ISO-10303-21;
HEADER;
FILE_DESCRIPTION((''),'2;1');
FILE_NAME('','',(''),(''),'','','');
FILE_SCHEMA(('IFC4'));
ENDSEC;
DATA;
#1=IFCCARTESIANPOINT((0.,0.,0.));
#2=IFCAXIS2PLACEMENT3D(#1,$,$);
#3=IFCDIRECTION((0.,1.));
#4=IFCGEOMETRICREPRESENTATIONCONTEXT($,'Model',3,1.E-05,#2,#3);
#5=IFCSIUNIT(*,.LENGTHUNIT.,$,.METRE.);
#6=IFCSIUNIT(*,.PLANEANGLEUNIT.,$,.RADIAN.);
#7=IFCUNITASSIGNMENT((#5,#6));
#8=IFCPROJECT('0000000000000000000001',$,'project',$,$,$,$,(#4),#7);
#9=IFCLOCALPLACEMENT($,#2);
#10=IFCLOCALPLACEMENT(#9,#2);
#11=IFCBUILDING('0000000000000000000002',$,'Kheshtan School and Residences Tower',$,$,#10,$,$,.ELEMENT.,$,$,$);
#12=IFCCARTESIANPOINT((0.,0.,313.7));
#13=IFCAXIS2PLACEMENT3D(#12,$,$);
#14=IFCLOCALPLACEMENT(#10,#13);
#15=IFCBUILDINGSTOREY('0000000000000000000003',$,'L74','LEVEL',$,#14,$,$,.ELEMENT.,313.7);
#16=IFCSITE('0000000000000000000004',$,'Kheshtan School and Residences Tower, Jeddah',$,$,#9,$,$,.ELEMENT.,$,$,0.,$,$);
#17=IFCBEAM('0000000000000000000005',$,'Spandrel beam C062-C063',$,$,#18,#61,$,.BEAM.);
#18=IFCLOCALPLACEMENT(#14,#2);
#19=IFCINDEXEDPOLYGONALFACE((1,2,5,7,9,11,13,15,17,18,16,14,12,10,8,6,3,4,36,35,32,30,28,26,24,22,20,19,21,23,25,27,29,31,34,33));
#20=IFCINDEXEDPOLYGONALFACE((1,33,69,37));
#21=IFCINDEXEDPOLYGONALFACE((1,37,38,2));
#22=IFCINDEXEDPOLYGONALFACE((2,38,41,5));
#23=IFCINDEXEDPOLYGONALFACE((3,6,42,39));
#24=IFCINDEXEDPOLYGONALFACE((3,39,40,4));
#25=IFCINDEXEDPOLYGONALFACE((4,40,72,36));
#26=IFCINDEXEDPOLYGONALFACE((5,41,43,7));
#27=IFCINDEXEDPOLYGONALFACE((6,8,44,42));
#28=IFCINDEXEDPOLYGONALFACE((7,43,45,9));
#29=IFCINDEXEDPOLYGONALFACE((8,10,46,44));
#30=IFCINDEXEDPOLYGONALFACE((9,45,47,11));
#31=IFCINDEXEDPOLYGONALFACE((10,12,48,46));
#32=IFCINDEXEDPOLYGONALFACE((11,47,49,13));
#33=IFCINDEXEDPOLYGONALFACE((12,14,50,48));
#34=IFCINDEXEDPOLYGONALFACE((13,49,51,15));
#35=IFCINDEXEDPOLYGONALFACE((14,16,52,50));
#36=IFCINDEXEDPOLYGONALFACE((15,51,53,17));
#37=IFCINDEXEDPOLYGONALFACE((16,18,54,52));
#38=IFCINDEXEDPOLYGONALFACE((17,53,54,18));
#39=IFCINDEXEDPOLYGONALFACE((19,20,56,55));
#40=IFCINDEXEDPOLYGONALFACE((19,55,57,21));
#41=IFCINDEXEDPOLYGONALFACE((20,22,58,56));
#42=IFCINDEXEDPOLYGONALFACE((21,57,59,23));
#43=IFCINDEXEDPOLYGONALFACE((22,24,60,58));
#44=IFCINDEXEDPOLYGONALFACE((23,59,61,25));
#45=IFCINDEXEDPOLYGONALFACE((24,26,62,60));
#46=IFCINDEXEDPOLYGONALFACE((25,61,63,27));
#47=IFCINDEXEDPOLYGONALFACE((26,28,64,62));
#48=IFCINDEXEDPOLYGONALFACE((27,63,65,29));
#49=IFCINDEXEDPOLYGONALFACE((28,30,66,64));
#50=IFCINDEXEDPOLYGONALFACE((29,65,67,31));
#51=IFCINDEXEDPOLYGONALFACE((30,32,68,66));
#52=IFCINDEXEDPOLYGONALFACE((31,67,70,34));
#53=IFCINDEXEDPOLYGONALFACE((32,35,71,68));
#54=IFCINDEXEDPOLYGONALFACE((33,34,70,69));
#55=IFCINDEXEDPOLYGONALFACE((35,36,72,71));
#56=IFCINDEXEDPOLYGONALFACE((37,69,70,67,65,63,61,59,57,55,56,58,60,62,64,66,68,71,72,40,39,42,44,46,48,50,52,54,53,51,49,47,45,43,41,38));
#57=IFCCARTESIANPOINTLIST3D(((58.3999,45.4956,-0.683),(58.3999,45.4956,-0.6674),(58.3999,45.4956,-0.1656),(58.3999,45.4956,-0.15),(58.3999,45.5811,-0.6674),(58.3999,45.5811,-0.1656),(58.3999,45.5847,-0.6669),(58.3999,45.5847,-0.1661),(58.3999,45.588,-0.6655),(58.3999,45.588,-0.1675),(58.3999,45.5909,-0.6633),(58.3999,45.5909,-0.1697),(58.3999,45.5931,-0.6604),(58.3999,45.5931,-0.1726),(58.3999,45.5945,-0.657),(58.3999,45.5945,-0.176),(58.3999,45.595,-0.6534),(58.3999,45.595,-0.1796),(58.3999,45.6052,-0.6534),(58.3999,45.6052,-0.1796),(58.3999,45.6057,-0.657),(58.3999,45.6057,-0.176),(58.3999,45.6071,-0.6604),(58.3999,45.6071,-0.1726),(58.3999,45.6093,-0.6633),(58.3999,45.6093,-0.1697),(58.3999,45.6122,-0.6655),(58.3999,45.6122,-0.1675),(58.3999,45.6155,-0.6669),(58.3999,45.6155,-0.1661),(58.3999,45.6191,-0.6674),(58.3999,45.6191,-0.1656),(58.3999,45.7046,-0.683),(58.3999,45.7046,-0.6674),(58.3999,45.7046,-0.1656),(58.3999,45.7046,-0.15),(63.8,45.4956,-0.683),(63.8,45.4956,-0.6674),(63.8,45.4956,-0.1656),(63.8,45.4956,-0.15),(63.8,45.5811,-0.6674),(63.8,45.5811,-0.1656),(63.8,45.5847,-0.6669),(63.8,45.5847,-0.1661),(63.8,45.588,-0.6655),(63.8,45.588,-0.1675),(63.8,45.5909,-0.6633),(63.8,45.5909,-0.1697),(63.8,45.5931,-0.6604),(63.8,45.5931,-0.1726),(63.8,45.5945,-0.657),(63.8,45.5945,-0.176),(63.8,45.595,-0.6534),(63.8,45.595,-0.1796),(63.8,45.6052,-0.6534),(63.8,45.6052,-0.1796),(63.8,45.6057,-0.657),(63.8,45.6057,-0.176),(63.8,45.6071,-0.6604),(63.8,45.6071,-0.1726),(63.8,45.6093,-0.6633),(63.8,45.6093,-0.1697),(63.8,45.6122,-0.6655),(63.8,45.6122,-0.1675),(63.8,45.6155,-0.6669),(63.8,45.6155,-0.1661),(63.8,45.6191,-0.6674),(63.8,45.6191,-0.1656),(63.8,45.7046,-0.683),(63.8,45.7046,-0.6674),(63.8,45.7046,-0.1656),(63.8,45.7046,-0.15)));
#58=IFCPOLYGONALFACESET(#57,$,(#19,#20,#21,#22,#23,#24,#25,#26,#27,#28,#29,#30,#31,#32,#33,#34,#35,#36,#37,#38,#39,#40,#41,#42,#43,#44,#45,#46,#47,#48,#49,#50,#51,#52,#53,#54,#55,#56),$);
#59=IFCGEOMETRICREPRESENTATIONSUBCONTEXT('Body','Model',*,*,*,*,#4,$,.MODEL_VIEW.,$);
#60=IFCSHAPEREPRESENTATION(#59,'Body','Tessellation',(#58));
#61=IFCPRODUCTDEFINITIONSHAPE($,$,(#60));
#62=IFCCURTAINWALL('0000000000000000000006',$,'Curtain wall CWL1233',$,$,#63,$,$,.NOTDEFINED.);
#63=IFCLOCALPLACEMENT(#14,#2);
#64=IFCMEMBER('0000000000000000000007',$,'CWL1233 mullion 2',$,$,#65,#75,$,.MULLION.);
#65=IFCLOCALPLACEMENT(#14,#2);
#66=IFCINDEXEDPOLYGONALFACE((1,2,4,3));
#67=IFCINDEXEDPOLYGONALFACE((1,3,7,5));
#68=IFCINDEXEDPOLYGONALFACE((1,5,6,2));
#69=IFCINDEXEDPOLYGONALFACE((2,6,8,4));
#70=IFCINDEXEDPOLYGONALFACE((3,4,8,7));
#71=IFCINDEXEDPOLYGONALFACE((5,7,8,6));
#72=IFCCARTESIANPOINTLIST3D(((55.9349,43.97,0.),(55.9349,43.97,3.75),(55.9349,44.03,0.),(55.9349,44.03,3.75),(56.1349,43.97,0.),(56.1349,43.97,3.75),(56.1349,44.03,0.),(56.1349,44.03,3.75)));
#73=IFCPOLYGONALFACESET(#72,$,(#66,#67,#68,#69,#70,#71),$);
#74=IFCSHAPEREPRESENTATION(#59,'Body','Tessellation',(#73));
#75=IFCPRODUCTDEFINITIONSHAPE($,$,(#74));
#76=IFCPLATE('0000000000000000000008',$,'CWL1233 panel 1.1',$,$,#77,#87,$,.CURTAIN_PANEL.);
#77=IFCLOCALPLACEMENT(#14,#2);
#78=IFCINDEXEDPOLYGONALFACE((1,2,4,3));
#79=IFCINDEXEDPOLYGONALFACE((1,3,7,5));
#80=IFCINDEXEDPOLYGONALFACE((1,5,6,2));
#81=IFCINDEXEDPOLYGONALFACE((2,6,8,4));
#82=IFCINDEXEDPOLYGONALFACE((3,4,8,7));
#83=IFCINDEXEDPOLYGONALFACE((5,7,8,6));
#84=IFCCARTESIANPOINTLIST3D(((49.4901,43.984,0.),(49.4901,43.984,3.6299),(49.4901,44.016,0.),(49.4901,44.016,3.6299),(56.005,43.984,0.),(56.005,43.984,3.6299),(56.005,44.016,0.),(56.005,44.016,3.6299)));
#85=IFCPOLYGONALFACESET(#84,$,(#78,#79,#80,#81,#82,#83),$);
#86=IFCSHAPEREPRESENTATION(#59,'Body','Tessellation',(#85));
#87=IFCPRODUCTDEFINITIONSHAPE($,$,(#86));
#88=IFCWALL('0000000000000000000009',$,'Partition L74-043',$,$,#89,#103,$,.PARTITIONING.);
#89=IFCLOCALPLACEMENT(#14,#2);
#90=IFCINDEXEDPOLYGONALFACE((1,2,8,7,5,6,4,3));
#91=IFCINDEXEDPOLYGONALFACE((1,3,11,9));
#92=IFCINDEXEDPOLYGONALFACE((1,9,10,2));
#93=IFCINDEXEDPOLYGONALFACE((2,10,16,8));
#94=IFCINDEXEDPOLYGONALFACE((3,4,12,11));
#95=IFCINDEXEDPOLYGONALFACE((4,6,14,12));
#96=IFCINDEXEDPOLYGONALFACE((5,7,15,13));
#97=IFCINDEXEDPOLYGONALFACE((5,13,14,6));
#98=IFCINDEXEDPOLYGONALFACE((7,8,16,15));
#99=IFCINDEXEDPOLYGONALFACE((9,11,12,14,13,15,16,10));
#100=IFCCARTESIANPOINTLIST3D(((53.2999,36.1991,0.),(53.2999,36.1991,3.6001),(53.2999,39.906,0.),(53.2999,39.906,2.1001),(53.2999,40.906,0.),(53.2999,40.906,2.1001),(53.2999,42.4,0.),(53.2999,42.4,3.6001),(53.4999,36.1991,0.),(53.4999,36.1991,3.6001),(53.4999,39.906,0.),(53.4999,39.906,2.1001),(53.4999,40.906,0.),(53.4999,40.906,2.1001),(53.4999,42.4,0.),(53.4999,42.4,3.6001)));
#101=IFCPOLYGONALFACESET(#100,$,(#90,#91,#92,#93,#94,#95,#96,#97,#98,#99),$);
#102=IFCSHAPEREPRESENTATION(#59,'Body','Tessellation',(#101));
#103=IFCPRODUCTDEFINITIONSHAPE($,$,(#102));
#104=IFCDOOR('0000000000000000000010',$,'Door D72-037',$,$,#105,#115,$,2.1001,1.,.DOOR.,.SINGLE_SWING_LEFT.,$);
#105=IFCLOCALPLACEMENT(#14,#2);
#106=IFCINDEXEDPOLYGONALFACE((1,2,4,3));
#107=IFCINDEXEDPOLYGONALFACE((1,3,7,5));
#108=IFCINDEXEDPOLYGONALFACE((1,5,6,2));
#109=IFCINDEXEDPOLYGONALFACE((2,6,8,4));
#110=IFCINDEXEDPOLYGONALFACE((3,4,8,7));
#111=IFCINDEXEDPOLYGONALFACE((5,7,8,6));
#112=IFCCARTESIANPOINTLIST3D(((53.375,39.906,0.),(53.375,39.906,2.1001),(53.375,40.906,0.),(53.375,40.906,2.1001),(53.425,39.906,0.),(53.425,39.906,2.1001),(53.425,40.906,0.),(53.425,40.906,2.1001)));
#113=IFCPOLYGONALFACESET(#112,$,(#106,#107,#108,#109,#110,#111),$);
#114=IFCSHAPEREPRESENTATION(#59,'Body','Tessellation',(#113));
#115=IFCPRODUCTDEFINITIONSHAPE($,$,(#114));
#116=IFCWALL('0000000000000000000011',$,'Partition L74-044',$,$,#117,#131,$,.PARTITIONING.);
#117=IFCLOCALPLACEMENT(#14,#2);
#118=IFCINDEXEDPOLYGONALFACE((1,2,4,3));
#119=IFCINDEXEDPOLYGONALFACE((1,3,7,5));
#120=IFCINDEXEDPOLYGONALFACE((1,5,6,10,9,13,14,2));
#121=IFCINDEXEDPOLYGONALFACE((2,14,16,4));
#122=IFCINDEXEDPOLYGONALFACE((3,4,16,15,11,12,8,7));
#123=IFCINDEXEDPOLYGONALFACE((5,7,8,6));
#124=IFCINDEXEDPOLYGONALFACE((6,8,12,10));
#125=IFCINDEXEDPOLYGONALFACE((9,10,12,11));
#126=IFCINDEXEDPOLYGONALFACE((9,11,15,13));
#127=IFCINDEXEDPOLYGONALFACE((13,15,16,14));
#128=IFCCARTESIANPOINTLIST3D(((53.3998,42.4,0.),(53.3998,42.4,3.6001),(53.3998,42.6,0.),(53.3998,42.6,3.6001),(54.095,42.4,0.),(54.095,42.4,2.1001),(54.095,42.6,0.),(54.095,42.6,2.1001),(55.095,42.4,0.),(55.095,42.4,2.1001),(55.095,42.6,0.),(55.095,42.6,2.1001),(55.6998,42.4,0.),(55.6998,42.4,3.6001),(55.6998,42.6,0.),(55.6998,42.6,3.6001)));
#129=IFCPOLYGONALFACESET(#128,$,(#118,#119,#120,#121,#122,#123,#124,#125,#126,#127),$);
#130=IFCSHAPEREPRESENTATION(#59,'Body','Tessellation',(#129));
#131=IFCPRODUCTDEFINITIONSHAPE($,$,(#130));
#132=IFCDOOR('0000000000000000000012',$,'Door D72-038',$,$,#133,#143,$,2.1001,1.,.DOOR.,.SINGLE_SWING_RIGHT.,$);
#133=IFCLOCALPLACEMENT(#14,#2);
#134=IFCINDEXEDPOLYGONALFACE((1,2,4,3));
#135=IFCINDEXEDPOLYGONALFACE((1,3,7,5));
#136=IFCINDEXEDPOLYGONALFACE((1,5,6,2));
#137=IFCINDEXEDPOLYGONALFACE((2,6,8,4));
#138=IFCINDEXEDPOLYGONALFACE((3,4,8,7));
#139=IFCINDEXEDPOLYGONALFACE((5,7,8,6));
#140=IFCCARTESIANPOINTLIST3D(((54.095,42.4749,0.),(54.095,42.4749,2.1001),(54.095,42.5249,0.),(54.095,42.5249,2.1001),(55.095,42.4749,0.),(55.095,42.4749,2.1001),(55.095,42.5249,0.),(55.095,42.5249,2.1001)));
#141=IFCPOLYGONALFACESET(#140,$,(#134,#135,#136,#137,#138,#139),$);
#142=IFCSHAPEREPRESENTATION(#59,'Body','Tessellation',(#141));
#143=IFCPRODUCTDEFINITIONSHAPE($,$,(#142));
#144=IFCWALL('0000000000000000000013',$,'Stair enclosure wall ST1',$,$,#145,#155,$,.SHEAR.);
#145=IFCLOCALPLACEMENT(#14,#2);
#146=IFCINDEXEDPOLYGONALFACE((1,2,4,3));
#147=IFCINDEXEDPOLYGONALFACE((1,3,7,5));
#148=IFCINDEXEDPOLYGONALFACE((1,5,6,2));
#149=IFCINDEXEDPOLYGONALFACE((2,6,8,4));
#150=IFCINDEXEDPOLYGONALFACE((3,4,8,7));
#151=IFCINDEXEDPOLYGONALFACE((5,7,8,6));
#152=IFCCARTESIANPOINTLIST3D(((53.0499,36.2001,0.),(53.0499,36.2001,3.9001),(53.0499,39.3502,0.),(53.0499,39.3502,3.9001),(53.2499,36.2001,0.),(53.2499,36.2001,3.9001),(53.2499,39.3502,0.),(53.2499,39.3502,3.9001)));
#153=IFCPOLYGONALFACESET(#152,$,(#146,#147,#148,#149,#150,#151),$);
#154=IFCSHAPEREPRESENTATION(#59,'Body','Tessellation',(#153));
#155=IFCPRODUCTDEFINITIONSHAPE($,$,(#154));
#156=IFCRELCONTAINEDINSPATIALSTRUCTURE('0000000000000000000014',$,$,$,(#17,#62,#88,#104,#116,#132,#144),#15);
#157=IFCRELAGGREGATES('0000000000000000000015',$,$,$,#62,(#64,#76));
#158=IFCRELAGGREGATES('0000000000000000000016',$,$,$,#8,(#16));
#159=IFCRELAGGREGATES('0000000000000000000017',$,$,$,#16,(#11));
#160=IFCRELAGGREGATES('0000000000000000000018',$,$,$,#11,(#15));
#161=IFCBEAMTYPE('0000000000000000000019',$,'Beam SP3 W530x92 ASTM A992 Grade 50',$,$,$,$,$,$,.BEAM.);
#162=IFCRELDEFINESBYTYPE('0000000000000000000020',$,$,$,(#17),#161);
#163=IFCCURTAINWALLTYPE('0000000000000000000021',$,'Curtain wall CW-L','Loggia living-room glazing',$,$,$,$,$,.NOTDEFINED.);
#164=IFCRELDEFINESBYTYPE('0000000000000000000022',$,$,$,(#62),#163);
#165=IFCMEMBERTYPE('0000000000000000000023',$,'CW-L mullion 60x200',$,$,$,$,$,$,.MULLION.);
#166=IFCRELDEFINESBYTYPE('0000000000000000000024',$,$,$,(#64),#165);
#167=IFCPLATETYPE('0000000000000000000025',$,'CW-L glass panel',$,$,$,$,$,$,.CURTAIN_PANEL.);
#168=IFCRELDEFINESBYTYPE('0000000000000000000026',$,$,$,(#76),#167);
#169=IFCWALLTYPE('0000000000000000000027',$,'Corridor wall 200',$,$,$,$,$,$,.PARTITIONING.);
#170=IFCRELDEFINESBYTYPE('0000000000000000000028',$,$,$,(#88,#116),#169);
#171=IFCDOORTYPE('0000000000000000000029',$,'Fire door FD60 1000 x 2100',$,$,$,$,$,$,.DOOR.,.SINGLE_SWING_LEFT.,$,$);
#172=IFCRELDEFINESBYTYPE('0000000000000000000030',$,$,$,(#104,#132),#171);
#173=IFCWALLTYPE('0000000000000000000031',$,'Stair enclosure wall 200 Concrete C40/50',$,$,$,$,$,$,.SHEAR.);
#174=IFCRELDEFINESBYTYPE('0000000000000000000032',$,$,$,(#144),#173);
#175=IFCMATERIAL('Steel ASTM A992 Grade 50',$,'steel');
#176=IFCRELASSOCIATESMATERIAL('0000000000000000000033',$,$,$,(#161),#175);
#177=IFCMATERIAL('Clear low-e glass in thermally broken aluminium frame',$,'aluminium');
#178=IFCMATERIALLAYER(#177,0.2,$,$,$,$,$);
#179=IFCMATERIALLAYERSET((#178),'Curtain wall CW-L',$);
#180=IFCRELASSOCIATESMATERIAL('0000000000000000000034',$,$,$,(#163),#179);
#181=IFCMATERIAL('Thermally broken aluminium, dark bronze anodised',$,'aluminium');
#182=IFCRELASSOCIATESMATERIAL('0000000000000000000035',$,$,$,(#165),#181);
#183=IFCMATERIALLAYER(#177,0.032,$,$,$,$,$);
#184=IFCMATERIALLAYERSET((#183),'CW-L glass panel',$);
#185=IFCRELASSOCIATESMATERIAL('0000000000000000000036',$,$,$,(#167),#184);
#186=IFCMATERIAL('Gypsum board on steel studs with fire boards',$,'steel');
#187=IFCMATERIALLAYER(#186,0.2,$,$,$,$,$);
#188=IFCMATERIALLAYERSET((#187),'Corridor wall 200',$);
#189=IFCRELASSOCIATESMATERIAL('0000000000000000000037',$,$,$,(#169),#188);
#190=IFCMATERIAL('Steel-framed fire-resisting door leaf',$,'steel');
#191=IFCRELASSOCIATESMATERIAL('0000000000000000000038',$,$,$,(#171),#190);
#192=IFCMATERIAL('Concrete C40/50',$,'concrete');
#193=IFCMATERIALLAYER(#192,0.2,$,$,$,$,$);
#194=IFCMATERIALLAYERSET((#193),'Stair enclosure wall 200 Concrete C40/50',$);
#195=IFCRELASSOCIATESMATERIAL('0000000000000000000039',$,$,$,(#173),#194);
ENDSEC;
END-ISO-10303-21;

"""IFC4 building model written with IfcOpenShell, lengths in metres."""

from ifc_helpers import new_model, si_unit, direction, frame, frame_2d, origin, origin_2d, place, context, subcontext, project, spatial, rectangle, i_section, extrude, source, transform, mapped, material, layer, layer_set, material_profile, profile_set, type_object, element, fill, aggregate, save


model = new_model("IFC4")

# Units and contexts
model_context = context("Model", 3, precision=1e-05, world=origin(), true_north=direction((0.0, 1.0)))
body_context = subcontext(model_context, "Body", "Model", "MODEL_VIEW")
ifc_project = project(units=[si_unit("LENGTHUNIT", "METRE"), si_unit("PLANEANGLEUNIT", "RADIAN")], contexts=[model_context])

# Site, building, storey
site_placement = place(None, origin())
site = spatial("IfcSite", under=ifc_project, at=site_placement, Name="Kheshtan School and Residences Tower, Jeddah", CompositionType="ELEMENT", RefElevation=0.0)
building_placement = place(site_placement, origin())
building = spatial("IfcBuilding", under=site, at=building_placement, Name="Kheshtan School and Residences Tower", CompositionType="ELEMENT")
storey_placement = place(building_placement, frame((0.0, 0.0, 313.7)))
storey = spatial("IfcBuildingStorey", under=building, at=storey_placement, Name="L74", Description="LEVEL", CompositionType="ELEMENT", Elevation=313.7)

# Shared definitions
ifc_material_1 = material(Name="Steel ASTM A992 Grade 50", Category="steel")

# Beam
ifc_material_profile_1 = material_profile(ifc_material_1, i_section(OverallWidth=0.209, OverallDepth=0.533, WebThickness=0.0103, FlangeThickness=0.0156, FilletRadius=0.0139, at=origin_2d()), Name="W530x92")
ifc_profile_set_1 = profile_set([ifc_material_profile_1], Name="Steel ASTM A992 Grade 50")
beam_type_1 = type_object("IfcBeamType", Name="Beam SP3 W530x92 ASTM A992 Grade 50", PredefinedType="BEAM", material=ifc_profile_set_1)
beam_1_placement = place(storey_placement, frame((58.3999, 45.6001, -0.4165), z_axis=(1.0, 0.0, 0.0), x_axis=(0.0, 1.0, 0.0)))
element("IfcBeam", 1, at=beam_1_placement, inside=storey, type_object=beam_type_1, Name="Spandrel beam C062-C063", PredefinedType="BEAM", context=body_context, shape_type="SweptSolid", body=[
    extrude(i_section(OverallWidth=0.209, OverallDepth=0.533, WebThickness=0.0103, FlangeThickness=0.0156, FilletRadius=0.0139, at=origin_2d()), origin(), (0.0, 0.0, 1.0), 5.4001),
])

# Curtain wall, member, plate
ifc_material_2 = material(Name="Clear low-e glass in thermally broken aluminium frame", Category="aluminium")
ifc_layer_1 = layer(ifc_material_2, 0.2)
ifc_layer_set_1 = layer_set([ifc_layer_1], Name="Curtain wall CW-L")
curtain_wall_type = type_object("IfcCurtainWallType", Name="Curtain wall CW-L", Description="Loggia living-room glazing", PredefinedType="NOTDEFINED", material=ifc_layer_set_1)
curtain_wall_placement = place(storey_placement, origin())
curtain_wall = element("IfcCurtainWall", 2, at=curtain_wall_placement, inside=storey, type_object=curtain_wall_type, Name="Curtain wall CWL1233", PredefinedType="NOTDEFINED")
ifc_material_3 = material(Name="Thermally broken aluminium, dark bronze anodised", Category="aluminium")
ifc_material_profile_2 = material_profile(ifc_material_3, rectangle(XDim=0.0601, YDim=0.2, at=origin_2d()), Name="CW-L mullion 60x200")
ifc_profile_set_2 = profile_set([ifc_material_profile_2], Name="Thermally broken aluminium, dark bronze anodised")
member_type = type_object("IfcMemberType", Name="CW-L mullion 60x200", PredefinedType="MULLION", material=ifc_profile_set_2)
member_placement = place(storey_placement, frame((56.0349, 44.0, 0.0), z_axis=(0.0, 0.0, 1.0), x_axis=(0.0, 1.0, 0.0)))
member = element("IfcMember", 3, at=member_placement, type_object=member_type, Name="CWL1233 mullion 2", PredefinedType="MULLION", context=body_context, shape_type="SweptSolid", body=[
    extrude(rectangle(XDim=0.0601, YDim=0.2, at=origin_2d()), origin(), (0.0, 0.0, 1.0), 3.75),
])
ifc_layer_2 = layer(ifc_material_2, 0.032)
ifc_layer_set_2 = layer_set([ifc_layer_2], Name="CW-L glass panel")
plate_type = type_object("IfcPlateType", Name="CW-L glass panel", PredefinedType="CURTAIN_PANEL", material=ifc_layer_set_2)
plate_placement = place(storey_placement, frame((52.7476, 44.0, 0.0), z_axis=(0.0, 0.0, 1.0), x_axis=(1.0, 0.0, 0.0)))
plate = element("IfcPlate", 4, at=plate_placement, type_object=plate_type, Name="CWL1233 panel 1.1", PredefinedType="CURTAIN_PANEL", context=body_context, shape_type="SweptSolid", body=[
    extrude(rectangle(XDim=6.5149, YDim=0.032, at=origin_2d()), origin(), (0.0, 0.0, 1.0), 3.6299),
])
aggregate(curtain_wall, [member, plate])

# Walls, openings, doors
ifc_material_4 = material(Name="Gypsum board on steel studs with fire boards", Category="steel")
ifc_layer_3 = layer(ifc_material_4, 0.2)
ifc_layer_set_3 = layer_set([ifc_layer_3], Name="Corridor wall 200")
wall_type_1 = type_object("IfcWallType", Name="Corridor wall 200", PredefinedType="PARTITIONING", material=ifc_layer_set_3)
wall_1_placement = place(storey_placement, frame((53.3999, 36.199, 0.0), z_axis=(0.0, 0.0, 1.0), x_axis=(0.0, 1.0, 0.0)))
wall_1 = element("IfcWall", 5, at=wall_1_placement, inside=storey, type_object=wall_type_1, Name="Partition L74-043", PredefinedType="PARTITIONING", context=body_context, shape_type="SweptSolid", body=[
    extrude(rectangle(XDim=6.2009, YDim=0.2, at=frame_2d((3.1006, 0.0))), origin(), (0.0, 0.0, 1.0), 3.6001),
])
opening_1_placement = place(wall_1_placement, frame((3.707, 0.0, 0.0)))
opening_1 = element("IfcOpeningElement", 6, at=opening_1_placement, cuts=wall_1, PredefinedType="OPENING", context=body_context, shape_type="SweptSolid", body=[
    extrude(rectangle(XDim=1.0, YDim=2.1001, at=frame_2d((0.5, 1.05))), frame((0.0, 0.1099, 0.0), z_axis=(0.0, -1.0, 0.0), x_axis=(1.0, 0.0, 0.0)), (0.0, 0.0, 1.0), 0.22),
])
ifc_material_5 = material(Name="Steel-framed fire-resisting door leaf", Category="steel")
door_type_1 = type_object("IfcDoorType", Name="Fire door FD60 1000 x 2100", OperationType="SINGLE_SWING_LEFT", PredefinedType="DOOR", material=ifc_material_5)
shared_shape_1 = source(origin(), body_context, "Body", "SweptSolid", [
    extrude(rectangle(XDim=1.0, YDim=2.1001, at=frame_2d((0.5, 1.05))), frame((0.0, 0.0249, 0.0), z_axis=(0.0, -1.0, 0.0), x_axis=(1.0, 0.0, 0.0)), (0.0, 0.0, 1.0), 0.05),
])
door_1_placement = place(opening_1_placement, origin())
door_1 = element("IfcDoor", 7, at=door_1_placement, inside=storey, type_object=door_type_1, Name="Door D72-037", OperationType="SINGLE_SWING_LEFT", OverallHeight=2.1001, OverallWidth=1.0, PredefinedType="DOOR", context=body_context, shape_type="MappedRepresentation", body=[
    mapped(shared_shape_1, transform((0.0, 0.0, 0.0), x_axis=(1.0, 0.0, 0.0), y_axis=(0.0, 1.0, 0.0), z_axis=(0.0, 0.0, 1.0), scale=1.0)),
])
fill(opening_1, door_1)
wall_2_placement = place(storey_placement, frame((53.3999, 42.5, 0.0), z_axis=(0.0, 0.0, 1.0), x_axis=(1.0, 0.0, 0.0)))
wall_2 = element("IfcWall", 8, at=wall_2_placement, inside=storey, type_object=wall_type_1, Name="Partition L74-044", PredefinedType="PARTITIONING", context=body_context, shape_type="SweptSolid", body=[
    extrude(rectangle(XDim=2.3, YDim=0.2, at=frame_2d((1.1499, 0.0))), origin(), (0.0, 0.0, 1.0), 3.6001),
])
opening_2_placement = place(wall_2_placement, frame((0.6951, 0.0, 0.0)))
opening_2 = element("IfcOpeningElement", 9, at=opening_2_placement, cuts=wall_2, PredefinedType="OPENING", context=body_context, shape_type="SweptSolid", body=[
    extrude(rectangle(XDim=1.0, YDim=2.1001, at=frame_2d((0.5, 1.05))), frame((0.0, 0.1099, 0.0), z_axis=(0.0, -1.0, 0.0), x_axis=(1.0, 0.0, 0.0)), (0.0, 0.0, 1.0), 0.22),
])
door_2_placement = place(opening_2_placement, origin())
door_2 = element("IfcDoor", 10, at=door_2_placement, inside=storey, type_object=door_type_1, Name="Door D72-038", OperationType="SINGLE_SWING_RIGHT", OverallHeight=2.1001, OverallWidth=1.0, PredefinedType="DOOR", context=body_context, shape_type="MappedRepresentation", body=[
    mapped(shared_shape_1, transform((0.0, 0.0, 0.0), x_axis=(1.0, 0.0, 0.0), y_axis=(0.0, 1.0, 0.0), z_axis=(0.0, 0.0, 1.0), scale=1.0)),
])
fill(opening_2, door_2)

# Wall
ifc_material_6 = material(Name="Concrete C40/50", Category="concrete")
ifc_layer_4 = layer(ifc_material_6, 0.2)
ifc_layer_set_4 = layer_set([ifc_layer_4], Name="Stair enclosure wall 200 Concrete C40/50")
wall_type_2 = type_object("IfcWallType", Name="Stair enclosure wall 200 Concrete C40/50", PredefinedType="SHEAR", material=ifc_layer_set_4)
wall_3_placement = place(storey_placement, frame((53.1499, 36.2, 0.0), z_axis=(0.0, 0.0, 1.0), x_axis=(0.0, 1.0, 0.0)))
element("IfcWall", 11, at=wall_3_placement, inside=storey, type_object=wall_type_2, Name="Stair enclosure wall ST1", PredefinedType="SHEAR", context=body_context, shape_type="SweptSolid", body=[
    extrude(rectangle(XDim=3.1501, YDim=0.2, at=frame_2d((1.5752, 0.0))), origin(), (0.0, 0.0, 1.0), 3.9001),
])

save(model, "model.ifc")
